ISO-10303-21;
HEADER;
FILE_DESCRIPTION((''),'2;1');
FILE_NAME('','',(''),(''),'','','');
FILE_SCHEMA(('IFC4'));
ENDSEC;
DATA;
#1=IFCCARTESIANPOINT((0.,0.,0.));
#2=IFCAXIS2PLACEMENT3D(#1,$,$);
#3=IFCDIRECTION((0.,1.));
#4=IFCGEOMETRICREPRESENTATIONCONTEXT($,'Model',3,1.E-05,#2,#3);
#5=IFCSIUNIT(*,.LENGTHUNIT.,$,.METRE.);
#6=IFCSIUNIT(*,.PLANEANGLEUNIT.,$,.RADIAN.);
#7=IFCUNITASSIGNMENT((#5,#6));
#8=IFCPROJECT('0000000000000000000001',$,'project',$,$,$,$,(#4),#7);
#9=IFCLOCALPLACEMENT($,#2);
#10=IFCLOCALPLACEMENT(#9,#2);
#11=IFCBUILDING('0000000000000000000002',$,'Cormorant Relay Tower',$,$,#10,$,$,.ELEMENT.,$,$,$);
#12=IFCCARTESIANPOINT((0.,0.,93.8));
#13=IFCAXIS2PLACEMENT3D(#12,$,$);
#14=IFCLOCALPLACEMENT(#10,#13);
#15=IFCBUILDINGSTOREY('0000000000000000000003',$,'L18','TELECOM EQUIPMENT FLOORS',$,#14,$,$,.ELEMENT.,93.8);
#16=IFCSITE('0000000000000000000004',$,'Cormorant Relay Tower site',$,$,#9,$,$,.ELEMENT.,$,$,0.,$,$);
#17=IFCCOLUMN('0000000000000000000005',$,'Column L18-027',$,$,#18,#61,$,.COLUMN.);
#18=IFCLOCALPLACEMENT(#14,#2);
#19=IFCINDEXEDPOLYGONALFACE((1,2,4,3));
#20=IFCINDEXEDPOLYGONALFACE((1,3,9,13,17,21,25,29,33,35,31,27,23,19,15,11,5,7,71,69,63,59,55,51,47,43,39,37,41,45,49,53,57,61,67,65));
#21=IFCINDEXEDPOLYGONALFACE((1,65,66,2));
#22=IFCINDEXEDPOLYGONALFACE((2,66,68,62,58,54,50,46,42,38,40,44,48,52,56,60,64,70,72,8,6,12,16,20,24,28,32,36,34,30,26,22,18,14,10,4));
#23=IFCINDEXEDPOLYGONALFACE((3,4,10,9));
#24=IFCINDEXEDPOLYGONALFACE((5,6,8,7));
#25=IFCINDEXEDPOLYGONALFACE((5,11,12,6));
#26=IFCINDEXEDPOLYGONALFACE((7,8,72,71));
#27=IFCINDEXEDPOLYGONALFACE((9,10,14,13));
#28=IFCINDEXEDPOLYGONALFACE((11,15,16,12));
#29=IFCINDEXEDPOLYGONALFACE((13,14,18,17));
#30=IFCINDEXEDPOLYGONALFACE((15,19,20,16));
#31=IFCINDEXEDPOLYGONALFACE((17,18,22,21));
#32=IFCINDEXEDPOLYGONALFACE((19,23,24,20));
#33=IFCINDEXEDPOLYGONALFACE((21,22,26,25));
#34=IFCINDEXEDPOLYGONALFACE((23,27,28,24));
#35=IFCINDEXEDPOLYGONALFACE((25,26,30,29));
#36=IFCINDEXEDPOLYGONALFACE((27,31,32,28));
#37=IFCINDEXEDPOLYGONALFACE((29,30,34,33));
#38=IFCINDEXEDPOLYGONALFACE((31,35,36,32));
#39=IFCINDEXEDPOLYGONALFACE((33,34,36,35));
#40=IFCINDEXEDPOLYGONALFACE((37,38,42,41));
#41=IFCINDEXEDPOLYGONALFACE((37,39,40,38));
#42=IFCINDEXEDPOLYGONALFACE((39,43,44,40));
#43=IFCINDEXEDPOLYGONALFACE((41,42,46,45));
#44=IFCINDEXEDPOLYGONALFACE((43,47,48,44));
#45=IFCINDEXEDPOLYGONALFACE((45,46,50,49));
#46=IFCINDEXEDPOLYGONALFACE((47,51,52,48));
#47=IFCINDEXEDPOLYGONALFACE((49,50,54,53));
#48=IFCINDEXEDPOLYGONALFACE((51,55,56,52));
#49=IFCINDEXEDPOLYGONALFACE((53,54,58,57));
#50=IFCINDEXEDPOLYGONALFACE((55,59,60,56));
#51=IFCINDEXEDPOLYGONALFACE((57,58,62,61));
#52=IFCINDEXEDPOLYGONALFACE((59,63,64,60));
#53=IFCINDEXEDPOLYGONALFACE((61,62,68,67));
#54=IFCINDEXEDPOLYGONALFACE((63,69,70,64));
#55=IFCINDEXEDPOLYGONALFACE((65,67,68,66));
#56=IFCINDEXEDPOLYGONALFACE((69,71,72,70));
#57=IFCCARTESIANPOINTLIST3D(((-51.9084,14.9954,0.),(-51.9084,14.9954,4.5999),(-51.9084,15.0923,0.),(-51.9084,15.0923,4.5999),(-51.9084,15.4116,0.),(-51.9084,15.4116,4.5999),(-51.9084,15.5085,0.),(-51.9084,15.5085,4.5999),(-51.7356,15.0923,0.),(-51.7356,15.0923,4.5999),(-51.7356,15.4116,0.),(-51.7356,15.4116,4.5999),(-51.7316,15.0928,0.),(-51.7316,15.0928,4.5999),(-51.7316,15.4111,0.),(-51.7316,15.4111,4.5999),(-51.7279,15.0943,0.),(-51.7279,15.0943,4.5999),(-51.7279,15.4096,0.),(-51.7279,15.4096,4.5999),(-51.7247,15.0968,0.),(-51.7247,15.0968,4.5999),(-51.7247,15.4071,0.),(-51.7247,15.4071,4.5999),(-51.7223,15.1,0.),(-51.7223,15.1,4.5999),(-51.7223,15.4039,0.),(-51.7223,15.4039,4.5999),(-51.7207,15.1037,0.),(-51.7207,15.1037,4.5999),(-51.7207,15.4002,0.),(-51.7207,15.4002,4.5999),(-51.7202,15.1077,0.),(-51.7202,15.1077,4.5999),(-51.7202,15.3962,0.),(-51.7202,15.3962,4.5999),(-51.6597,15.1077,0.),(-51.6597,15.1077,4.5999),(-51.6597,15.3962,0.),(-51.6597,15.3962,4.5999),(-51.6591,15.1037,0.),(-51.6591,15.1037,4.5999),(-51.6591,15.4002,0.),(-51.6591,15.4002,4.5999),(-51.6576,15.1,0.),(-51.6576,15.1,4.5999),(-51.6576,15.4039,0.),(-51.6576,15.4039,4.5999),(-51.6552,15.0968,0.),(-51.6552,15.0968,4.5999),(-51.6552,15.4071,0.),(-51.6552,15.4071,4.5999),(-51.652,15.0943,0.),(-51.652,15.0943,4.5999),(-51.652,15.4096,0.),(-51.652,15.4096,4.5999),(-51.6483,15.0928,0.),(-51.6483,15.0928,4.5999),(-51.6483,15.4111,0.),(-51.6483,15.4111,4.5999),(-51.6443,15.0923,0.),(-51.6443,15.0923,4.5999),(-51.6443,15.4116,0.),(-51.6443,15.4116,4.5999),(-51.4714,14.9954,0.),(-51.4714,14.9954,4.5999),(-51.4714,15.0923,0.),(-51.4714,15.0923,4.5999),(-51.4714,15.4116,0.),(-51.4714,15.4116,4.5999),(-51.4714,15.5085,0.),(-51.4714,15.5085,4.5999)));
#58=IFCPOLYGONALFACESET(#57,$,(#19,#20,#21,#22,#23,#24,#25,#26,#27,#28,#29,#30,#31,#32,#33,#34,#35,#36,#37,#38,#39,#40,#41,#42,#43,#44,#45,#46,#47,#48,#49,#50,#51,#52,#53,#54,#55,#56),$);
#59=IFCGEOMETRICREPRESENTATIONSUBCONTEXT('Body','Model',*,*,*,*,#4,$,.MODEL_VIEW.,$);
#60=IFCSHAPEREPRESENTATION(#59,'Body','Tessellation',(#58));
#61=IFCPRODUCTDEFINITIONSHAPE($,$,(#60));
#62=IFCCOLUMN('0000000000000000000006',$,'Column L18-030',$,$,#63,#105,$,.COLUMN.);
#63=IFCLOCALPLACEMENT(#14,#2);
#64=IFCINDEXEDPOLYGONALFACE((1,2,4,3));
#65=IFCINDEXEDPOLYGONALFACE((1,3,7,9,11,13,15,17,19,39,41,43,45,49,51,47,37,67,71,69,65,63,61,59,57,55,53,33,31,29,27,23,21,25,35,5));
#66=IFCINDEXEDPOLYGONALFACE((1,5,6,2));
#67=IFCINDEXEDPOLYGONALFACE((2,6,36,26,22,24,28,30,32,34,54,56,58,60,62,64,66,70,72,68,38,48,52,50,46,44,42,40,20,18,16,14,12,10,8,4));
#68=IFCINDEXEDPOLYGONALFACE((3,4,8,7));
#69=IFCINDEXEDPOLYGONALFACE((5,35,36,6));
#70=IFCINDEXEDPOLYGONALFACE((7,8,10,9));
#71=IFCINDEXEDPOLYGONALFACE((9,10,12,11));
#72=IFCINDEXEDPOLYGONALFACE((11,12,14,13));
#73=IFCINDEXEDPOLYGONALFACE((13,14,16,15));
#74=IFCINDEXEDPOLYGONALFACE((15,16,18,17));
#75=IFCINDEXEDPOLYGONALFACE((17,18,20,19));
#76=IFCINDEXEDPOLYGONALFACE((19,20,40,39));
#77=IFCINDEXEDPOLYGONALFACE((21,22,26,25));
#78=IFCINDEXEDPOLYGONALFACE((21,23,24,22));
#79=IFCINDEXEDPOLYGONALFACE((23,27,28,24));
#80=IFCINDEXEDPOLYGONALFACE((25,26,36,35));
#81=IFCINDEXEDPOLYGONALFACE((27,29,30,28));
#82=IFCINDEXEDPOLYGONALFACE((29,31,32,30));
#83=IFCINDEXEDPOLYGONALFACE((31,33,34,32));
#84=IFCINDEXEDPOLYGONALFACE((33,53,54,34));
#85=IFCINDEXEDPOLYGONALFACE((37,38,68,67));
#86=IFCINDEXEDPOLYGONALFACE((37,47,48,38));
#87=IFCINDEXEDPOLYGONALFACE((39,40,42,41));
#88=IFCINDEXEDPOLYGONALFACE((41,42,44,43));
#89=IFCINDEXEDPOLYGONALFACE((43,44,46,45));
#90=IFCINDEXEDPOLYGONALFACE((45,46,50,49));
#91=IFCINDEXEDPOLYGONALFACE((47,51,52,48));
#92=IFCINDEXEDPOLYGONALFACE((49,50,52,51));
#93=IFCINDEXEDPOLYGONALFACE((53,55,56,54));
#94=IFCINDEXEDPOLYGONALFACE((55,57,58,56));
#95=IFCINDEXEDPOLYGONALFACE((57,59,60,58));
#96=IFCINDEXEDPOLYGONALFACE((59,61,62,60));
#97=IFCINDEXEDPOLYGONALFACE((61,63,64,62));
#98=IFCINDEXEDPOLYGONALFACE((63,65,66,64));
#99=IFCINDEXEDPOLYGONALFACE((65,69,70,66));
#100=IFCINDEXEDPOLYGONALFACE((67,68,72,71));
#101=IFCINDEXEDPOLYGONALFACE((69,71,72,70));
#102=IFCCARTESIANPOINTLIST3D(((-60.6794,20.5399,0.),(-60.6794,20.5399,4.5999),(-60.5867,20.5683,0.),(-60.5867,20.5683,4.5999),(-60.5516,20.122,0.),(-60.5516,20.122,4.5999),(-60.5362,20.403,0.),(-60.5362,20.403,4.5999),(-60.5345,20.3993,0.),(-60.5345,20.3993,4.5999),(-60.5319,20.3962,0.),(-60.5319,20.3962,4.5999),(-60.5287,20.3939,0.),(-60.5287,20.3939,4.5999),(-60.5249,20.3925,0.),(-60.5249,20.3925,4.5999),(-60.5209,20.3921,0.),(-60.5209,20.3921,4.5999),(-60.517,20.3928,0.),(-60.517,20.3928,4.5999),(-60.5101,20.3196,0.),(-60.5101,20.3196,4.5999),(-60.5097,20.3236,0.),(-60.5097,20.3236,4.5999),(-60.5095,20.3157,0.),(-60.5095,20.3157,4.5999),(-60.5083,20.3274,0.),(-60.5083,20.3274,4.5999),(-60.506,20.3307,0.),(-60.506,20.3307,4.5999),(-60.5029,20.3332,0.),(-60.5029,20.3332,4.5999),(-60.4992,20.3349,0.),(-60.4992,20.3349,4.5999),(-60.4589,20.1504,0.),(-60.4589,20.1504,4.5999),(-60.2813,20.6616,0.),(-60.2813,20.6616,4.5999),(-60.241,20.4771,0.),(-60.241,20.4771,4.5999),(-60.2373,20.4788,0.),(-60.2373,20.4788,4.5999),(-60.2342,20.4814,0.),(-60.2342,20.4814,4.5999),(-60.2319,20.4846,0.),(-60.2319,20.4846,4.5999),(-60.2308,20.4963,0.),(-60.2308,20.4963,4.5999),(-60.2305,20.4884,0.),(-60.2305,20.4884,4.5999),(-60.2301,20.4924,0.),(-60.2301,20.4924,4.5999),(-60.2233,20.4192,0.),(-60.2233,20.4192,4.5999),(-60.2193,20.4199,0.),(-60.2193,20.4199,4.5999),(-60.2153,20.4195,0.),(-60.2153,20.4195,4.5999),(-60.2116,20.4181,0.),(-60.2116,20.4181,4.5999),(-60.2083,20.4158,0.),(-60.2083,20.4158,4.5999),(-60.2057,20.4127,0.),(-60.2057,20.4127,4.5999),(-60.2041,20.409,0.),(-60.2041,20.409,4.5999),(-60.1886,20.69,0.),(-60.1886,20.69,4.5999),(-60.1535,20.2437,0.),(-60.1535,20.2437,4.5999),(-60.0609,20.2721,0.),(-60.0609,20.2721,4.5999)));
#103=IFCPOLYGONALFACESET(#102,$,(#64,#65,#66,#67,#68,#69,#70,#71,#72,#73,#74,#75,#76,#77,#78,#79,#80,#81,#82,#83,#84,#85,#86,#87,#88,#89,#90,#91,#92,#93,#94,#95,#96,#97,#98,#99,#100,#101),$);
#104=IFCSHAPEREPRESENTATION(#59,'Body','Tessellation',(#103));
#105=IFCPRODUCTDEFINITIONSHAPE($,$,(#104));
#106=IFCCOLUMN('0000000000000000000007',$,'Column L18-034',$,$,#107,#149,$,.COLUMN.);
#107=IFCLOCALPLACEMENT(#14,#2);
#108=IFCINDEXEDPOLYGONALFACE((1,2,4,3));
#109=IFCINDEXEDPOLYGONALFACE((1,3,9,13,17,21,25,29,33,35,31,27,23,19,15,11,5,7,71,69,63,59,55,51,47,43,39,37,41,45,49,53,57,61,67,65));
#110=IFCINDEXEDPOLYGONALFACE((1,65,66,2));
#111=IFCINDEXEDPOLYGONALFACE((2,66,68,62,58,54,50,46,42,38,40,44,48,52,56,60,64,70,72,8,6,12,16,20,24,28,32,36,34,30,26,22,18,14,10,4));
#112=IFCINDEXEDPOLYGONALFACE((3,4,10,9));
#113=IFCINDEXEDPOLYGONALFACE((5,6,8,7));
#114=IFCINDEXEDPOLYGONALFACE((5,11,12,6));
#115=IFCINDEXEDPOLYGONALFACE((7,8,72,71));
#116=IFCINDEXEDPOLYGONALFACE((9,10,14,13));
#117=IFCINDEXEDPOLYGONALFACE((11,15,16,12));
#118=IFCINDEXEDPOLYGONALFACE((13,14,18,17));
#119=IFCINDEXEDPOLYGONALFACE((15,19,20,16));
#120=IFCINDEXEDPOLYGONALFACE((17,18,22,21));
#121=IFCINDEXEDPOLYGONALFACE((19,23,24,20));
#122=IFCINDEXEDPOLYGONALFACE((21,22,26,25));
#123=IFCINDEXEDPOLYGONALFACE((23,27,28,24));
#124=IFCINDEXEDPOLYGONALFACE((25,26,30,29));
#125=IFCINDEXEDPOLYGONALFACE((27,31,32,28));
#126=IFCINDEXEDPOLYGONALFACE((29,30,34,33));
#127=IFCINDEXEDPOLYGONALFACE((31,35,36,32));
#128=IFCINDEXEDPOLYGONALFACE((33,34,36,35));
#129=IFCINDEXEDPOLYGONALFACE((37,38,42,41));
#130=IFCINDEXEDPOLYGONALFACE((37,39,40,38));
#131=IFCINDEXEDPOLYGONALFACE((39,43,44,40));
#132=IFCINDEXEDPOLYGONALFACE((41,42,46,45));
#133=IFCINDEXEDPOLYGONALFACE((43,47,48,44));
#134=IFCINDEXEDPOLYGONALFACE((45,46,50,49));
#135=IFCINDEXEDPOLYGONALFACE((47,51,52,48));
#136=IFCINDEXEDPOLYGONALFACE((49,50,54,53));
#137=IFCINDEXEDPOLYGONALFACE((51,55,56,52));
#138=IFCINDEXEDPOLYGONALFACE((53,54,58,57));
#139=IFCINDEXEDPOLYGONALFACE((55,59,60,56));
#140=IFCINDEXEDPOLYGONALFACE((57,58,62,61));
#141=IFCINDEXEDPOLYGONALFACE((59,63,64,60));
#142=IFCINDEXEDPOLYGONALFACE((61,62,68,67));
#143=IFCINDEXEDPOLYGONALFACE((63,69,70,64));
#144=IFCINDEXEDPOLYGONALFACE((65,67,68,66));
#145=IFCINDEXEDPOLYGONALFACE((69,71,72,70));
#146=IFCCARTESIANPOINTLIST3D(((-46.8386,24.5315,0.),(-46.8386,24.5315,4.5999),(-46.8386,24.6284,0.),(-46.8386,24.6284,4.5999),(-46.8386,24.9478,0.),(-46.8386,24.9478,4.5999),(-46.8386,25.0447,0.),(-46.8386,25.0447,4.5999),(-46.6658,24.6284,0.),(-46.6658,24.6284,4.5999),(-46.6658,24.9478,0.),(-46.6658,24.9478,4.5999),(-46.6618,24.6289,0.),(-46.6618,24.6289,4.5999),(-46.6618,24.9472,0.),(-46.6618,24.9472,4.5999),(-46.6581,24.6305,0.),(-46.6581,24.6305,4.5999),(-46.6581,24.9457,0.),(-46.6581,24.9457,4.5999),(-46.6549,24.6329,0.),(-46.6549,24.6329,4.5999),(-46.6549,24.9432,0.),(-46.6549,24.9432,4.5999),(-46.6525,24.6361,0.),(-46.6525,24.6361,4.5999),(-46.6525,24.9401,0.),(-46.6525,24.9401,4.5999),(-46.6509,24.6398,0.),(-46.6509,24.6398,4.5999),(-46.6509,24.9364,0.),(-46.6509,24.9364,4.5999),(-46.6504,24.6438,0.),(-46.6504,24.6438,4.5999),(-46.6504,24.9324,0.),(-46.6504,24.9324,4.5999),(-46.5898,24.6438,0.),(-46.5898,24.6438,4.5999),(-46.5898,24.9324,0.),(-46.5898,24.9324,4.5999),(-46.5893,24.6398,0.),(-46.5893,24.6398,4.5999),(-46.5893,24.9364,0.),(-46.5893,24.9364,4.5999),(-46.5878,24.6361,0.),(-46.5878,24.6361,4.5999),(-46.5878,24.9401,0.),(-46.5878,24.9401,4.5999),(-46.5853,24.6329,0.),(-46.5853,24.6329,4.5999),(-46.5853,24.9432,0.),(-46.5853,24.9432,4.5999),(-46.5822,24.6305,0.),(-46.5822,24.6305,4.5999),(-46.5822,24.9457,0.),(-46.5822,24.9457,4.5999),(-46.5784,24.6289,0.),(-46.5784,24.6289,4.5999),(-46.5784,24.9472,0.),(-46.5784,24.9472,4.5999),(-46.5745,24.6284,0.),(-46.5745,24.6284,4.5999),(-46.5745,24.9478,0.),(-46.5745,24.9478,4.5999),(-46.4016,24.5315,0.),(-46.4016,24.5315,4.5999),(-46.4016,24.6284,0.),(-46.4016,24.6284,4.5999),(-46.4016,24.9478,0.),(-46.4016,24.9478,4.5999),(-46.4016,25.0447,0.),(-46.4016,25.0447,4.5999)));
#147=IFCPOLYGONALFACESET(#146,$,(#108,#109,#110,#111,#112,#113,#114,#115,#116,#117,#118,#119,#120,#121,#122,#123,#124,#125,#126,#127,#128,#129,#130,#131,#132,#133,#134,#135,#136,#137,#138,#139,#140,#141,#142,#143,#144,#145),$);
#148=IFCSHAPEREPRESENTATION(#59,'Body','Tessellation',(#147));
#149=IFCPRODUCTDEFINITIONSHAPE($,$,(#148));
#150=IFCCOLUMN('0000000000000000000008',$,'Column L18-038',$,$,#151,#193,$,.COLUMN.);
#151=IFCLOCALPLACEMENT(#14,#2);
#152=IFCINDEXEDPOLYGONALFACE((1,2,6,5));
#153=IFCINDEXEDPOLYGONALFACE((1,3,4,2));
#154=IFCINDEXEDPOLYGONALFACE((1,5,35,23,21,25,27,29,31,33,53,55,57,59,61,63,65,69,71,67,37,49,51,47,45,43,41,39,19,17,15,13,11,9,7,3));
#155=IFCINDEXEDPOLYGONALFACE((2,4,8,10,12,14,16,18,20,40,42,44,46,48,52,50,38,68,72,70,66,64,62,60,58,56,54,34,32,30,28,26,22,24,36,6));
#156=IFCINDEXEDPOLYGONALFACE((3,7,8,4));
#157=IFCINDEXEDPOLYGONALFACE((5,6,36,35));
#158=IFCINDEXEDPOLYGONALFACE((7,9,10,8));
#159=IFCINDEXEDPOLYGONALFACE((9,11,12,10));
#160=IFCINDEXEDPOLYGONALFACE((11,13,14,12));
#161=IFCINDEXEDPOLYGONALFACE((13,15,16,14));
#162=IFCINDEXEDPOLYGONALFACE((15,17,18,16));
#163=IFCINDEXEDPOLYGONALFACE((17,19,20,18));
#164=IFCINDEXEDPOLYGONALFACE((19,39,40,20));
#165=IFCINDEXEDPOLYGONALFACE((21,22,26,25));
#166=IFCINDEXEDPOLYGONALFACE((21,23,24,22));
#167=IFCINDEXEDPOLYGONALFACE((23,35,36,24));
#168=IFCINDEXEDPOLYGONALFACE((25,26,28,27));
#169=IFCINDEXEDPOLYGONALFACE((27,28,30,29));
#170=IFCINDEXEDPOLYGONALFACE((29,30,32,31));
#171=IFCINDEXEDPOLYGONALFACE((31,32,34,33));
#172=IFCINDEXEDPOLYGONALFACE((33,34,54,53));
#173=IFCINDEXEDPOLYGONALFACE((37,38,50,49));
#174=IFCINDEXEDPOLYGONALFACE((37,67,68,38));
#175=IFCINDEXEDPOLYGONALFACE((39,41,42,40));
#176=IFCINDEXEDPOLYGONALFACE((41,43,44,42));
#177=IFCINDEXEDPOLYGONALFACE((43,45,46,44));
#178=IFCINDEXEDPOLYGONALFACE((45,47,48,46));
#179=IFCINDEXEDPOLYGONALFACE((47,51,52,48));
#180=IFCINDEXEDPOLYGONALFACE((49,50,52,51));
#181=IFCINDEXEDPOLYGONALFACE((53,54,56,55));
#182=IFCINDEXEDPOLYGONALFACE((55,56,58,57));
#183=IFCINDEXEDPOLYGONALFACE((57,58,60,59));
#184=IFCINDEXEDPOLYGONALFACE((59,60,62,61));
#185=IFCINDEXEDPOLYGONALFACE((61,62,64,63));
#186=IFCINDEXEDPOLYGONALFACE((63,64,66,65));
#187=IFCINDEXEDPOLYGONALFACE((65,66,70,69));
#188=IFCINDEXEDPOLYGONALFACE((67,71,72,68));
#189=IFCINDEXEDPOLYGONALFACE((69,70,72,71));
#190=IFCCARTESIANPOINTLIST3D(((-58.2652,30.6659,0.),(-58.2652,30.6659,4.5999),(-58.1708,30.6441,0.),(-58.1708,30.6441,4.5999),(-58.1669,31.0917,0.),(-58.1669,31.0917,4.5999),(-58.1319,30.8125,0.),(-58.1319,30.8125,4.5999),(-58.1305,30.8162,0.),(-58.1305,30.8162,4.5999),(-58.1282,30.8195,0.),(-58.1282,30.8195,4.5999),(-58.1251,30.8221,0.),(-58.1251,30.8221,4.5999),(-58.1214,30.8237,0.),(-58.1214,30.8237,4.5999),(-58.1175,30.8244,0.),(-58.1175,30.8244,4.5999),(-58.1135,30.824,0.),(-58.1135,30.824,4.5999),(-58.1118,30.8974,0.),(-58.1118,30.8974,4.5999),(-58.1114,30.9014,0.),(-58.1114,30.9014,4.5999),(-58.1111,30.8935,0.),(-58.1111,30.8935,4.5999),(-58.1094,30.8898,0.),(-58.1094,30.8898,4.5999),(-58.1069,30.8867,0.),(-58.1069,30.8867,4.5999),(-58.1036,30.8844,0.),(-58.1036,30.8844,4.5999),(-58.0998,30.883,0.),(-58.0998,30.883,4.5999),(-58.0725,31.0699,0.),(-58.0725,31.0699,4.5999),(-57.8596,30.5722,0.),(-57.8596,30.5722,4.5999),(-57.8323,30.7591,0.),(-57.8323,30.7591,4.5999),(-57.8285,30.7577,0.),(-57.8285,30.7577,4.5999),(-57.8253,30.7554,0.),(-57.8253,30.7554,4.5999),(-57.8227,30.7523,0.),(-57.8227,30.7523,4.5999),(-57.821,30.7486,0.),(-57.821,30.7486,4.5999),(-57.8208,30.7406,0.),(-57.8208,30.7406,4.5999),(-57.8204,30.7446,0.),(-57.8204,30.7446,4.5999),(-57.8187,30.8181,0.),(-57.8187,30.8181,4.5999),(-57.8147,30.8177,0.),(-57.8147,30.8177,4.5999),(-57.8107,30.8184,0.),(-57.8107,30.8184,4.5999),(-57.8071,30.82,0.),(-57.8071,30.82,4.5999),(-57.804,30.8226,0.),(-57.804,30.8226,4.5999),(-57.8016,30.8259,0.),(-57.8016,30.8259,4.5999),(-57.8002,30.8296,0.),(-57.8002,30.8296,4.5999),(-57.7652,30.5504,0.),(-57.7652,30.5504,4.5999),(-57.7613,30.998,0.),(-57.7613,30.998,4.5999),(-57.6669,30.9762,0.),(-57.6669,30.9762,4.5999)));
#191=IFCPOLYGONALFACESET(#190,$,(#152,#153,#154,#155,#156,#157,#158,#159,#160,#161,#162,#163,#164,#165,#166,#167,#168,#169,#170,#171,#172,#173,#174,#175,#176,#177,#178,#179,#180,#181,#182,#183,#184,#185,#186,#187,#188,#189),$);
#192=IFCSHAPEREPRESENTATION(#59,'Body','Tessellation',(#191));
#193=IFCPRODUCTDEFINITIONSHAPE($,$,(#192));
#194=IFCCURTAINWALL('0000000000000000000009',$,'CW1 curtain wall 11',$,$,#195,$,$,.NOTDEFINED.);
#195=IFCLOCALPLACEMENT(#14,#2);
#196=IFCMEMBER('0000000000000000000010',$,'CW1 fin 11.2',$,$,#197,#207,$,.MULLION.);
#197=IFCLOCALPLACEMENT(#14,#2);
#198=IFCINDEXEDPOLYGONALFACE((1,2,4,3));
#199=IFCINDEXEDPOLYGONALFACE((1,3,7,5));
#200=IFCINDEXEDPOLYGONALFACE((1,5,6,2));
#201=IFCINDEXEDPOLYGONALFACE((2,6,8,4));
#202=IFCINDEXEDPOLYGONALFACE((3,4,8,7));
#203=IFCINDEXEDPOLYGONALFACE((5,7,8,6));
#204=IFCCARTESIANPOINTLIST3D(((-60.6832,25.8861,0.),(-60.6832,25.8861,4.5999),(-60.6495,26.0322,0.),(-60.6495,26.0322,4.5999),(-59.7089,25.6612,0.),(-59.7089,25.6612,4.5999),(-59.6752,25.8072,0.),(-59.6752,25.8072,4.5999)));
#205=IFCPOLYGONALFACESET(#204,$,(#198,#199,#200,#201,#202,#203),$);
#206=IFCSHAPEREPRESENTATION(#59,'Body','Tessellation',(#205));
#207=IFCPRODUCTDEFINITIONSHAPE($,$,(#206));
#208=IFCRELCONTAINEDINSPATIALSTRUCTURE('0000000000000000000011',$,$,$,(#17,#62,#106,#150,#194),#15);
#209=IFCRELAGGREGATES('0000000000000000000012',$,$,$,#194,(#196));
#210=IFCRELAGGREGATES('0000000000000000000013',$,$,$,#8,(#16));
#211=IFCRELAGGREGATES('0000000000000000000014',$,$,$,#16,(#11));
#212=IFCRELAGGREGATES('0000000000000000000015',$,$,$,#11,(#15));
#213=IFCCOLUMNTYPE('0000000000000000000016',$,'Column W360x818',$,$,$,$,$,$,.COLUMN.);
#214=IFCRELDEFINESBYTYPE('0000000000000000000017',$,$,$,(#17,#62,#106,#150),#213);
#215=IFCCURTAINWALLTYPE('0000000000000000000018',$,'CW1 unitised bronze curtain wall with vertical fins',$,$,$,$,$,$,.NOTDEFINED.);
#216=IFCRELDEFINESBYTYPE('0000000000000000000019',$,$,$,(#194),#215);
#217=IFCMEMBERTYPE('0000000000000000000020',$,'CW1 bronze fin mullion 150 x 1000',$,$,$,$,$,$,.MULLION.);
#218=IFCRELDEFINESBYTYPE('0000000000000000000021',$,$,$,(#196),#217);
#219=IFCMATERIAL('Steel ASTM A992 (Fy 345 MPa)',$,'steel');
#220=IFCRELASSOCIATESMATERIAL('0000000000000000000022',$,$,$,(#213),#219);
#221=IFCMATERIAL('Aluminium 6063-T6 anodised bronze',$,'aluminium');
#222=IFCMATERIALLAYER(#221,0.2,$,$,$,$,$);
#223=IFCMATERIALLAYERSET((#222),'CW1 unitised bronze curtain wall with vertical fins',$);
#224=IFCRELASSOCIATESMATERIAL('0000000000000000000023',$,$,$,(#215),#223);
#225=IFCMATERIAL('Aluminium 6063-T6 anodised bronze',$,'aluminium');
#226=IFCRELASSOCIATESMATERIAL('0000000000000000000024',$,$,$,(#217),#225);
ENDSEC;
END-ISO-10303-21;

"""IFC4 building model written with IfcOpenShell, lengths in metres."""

from ifc_helpers import new_model, si_unit, direction, frame, origin, origin_2d, place, context, subcontext, project, spatial, rectangle, i_section, extrude, material, layer, layer_set, material_profile, profile_set, type_object, element, aggregate, save


model = new_model("IFC4")

# Units and contexts
model_context = context("Model", 3, precision=1e-05, world=origin(), true_north=direction((0.0, 1.0)))
body_context = subcontext(model_context, "Body", "Model", "MODEL_VIEW")
ifc_project = project(units=[si_unit("LENGTHUNIT", "METRE"), si_unit("PLANEANGLEUNIT", "RADIAN")], contexts=[model_context])

# Site, building, storey
site_placement = place(None, origin())
site = spatial("IfcSite", under=ifc_project, at=site_placement, Name="Cormorant Relay Tower site", CompositionType="ELEMENT", RefElevation=0.0)
building_placement = place(site_placement, origin())
building = spatial("IfcBuilding", under=site, at=building_placement, Name="Cormorant Relay Tower", CompositionType="ELEMENT")
storey_placement = place(building_placement, frame((0.0, 0.0, 93.8)))
storey = spatial("IfcBuildingStorey", under=building, at=storey_placement, Name="L18", Description="TELECOM EQUIPMENT FLOORS", CompositionType="ELEMENT", Elevation=93.8)

# Columns
ifc_material_1 = material(Name="Steel ASTM A992 (Fy 345 MPa)", Category="steel")
ifc_material_profile_1 = material_profile(ifc_material_1, i_section(OverallWidth=0.437, OverallDepth=0.5132, WebThickness=0.0605, FlangeThickness=0.0969, FilletRadius=0.0154, at=origin_2d()), Name="W360x818")
ifc_profile_set_1 = profile_set([ifc_material_profile_1], Name="Steel ASTM A992 (Fy 345 MPa)")
column_type = type_object("IfcColumnType", Name="Column W360x818", PredefinedType="COLUMN", material=ifc_profile_set_1)
for number, where, z_axis, x_axis, name in (
    (1, (-51.6899, 15.252, 0.0), (0.0, 0.0, 1.0), (1.0, 0.0, 0.0), "Column L18-027"),
    (2, (-60.3701, 20.406, 0.0), (0.0, 0.0, 1.0), (0.292372, -0.956305, 0.0), "Column L18-030"),
    (3, (-46.6201, 24.7881, 0.0), (0.0, 0.0, 1.0), (1.0, 0.0, 0.0), "Column L18-034"),
    (4, (-57.9661, 30.821, 0.0), (0.0, 0.0, 1.0), (-0.224951, -0.97437, 0.0), "Column L18-038"),
):
    element("IfcColumn", number, at=place(storey_placement, frame(where, z_axis=z_axis, x_axis=x_axis)), inside=storey, type_object=column_type, Name=name, PredefinedType="COLUMN", context=body_context, shape_type="SweptSolid", body=[
        extrude(i_section(OverallWidth=0.437, OverallDepth=0.5132, WebThickness=0.0605, FlangeThickness=0.0969, FilletRadius=0.0154, at=origin_2d()), origin(), (0.0, 0.0, 1.0), 4.5999),
    ])

# Curtain wall, member
ifc_material_2 = material(Name="Aluminium 6063-T6 anodised bronze", Category="aluminium")
ifc_layer_1 = layer(ifc_material_2, 0.2)
ifc_layer_set_1 = layer_set([ifc_layer_1], Name="CW1 unitised bronze curtain wall with vertical fins")
curtain_wall_type = type_object("IfcCurtainWallType", Name="CW1 unitised bronze curtain wall with vertical fins", PredefinedType="NOTDEFINED", material=ifc_layer_set_1)
curtain_wall_1_placement = place(storey_placement, origin())
curtain_wall_1 = element("IfcCurtainWall", 5, at=curtain_wall_1_placement, inside=storey, type_object=curtain_wall_type, Name="CW1 curtain wall 11", PredefinedType="NOTDEFINED")
ifc_material_3 = material(Name="Aluminium 6063-T6 anodised bronze", Category="aluminium")
ifc_material_profile_2 = material_profile(ifc_material_3, rectangle(XDim=0.1499, YDim=1.0, at=origin_2d()), Name="AL 150x1000")
ifc_profile_set_2 = profile_set([ifc_material_profile_2], Name="Aluminium 6063-T6 anodised bronze")
member_type_1 = type_object("IfcMemberType", Name="CW1 bronze fin mullion 150 x 1000", PredefinedType="MULLION", material=ifc_profile_set_2)
member_1_placement = place(storey_placement, frame((-60.1792, 25.8467, 0.0), z_axis=(0.0, 0.0, 1.0), x_axis=(-0.224951, -0.97437, 0.0)))
member_1 = element("IfcMember", 6, at=member_1_placement, type_object=member_type_1, Name="CW1 fin 11.2", PredefinedType="MULLION", context=body_context, shape_type="SweptSolid", body=[
    extrude(rectangle(XDim=0.1499, YDim=1.0, at=origin_2d()), origin(), (0.0, 0.0, 1.0), 4.5999),
])

aggregate(curtain_wall_1, [member_1])

save(model, "model.ifc")
